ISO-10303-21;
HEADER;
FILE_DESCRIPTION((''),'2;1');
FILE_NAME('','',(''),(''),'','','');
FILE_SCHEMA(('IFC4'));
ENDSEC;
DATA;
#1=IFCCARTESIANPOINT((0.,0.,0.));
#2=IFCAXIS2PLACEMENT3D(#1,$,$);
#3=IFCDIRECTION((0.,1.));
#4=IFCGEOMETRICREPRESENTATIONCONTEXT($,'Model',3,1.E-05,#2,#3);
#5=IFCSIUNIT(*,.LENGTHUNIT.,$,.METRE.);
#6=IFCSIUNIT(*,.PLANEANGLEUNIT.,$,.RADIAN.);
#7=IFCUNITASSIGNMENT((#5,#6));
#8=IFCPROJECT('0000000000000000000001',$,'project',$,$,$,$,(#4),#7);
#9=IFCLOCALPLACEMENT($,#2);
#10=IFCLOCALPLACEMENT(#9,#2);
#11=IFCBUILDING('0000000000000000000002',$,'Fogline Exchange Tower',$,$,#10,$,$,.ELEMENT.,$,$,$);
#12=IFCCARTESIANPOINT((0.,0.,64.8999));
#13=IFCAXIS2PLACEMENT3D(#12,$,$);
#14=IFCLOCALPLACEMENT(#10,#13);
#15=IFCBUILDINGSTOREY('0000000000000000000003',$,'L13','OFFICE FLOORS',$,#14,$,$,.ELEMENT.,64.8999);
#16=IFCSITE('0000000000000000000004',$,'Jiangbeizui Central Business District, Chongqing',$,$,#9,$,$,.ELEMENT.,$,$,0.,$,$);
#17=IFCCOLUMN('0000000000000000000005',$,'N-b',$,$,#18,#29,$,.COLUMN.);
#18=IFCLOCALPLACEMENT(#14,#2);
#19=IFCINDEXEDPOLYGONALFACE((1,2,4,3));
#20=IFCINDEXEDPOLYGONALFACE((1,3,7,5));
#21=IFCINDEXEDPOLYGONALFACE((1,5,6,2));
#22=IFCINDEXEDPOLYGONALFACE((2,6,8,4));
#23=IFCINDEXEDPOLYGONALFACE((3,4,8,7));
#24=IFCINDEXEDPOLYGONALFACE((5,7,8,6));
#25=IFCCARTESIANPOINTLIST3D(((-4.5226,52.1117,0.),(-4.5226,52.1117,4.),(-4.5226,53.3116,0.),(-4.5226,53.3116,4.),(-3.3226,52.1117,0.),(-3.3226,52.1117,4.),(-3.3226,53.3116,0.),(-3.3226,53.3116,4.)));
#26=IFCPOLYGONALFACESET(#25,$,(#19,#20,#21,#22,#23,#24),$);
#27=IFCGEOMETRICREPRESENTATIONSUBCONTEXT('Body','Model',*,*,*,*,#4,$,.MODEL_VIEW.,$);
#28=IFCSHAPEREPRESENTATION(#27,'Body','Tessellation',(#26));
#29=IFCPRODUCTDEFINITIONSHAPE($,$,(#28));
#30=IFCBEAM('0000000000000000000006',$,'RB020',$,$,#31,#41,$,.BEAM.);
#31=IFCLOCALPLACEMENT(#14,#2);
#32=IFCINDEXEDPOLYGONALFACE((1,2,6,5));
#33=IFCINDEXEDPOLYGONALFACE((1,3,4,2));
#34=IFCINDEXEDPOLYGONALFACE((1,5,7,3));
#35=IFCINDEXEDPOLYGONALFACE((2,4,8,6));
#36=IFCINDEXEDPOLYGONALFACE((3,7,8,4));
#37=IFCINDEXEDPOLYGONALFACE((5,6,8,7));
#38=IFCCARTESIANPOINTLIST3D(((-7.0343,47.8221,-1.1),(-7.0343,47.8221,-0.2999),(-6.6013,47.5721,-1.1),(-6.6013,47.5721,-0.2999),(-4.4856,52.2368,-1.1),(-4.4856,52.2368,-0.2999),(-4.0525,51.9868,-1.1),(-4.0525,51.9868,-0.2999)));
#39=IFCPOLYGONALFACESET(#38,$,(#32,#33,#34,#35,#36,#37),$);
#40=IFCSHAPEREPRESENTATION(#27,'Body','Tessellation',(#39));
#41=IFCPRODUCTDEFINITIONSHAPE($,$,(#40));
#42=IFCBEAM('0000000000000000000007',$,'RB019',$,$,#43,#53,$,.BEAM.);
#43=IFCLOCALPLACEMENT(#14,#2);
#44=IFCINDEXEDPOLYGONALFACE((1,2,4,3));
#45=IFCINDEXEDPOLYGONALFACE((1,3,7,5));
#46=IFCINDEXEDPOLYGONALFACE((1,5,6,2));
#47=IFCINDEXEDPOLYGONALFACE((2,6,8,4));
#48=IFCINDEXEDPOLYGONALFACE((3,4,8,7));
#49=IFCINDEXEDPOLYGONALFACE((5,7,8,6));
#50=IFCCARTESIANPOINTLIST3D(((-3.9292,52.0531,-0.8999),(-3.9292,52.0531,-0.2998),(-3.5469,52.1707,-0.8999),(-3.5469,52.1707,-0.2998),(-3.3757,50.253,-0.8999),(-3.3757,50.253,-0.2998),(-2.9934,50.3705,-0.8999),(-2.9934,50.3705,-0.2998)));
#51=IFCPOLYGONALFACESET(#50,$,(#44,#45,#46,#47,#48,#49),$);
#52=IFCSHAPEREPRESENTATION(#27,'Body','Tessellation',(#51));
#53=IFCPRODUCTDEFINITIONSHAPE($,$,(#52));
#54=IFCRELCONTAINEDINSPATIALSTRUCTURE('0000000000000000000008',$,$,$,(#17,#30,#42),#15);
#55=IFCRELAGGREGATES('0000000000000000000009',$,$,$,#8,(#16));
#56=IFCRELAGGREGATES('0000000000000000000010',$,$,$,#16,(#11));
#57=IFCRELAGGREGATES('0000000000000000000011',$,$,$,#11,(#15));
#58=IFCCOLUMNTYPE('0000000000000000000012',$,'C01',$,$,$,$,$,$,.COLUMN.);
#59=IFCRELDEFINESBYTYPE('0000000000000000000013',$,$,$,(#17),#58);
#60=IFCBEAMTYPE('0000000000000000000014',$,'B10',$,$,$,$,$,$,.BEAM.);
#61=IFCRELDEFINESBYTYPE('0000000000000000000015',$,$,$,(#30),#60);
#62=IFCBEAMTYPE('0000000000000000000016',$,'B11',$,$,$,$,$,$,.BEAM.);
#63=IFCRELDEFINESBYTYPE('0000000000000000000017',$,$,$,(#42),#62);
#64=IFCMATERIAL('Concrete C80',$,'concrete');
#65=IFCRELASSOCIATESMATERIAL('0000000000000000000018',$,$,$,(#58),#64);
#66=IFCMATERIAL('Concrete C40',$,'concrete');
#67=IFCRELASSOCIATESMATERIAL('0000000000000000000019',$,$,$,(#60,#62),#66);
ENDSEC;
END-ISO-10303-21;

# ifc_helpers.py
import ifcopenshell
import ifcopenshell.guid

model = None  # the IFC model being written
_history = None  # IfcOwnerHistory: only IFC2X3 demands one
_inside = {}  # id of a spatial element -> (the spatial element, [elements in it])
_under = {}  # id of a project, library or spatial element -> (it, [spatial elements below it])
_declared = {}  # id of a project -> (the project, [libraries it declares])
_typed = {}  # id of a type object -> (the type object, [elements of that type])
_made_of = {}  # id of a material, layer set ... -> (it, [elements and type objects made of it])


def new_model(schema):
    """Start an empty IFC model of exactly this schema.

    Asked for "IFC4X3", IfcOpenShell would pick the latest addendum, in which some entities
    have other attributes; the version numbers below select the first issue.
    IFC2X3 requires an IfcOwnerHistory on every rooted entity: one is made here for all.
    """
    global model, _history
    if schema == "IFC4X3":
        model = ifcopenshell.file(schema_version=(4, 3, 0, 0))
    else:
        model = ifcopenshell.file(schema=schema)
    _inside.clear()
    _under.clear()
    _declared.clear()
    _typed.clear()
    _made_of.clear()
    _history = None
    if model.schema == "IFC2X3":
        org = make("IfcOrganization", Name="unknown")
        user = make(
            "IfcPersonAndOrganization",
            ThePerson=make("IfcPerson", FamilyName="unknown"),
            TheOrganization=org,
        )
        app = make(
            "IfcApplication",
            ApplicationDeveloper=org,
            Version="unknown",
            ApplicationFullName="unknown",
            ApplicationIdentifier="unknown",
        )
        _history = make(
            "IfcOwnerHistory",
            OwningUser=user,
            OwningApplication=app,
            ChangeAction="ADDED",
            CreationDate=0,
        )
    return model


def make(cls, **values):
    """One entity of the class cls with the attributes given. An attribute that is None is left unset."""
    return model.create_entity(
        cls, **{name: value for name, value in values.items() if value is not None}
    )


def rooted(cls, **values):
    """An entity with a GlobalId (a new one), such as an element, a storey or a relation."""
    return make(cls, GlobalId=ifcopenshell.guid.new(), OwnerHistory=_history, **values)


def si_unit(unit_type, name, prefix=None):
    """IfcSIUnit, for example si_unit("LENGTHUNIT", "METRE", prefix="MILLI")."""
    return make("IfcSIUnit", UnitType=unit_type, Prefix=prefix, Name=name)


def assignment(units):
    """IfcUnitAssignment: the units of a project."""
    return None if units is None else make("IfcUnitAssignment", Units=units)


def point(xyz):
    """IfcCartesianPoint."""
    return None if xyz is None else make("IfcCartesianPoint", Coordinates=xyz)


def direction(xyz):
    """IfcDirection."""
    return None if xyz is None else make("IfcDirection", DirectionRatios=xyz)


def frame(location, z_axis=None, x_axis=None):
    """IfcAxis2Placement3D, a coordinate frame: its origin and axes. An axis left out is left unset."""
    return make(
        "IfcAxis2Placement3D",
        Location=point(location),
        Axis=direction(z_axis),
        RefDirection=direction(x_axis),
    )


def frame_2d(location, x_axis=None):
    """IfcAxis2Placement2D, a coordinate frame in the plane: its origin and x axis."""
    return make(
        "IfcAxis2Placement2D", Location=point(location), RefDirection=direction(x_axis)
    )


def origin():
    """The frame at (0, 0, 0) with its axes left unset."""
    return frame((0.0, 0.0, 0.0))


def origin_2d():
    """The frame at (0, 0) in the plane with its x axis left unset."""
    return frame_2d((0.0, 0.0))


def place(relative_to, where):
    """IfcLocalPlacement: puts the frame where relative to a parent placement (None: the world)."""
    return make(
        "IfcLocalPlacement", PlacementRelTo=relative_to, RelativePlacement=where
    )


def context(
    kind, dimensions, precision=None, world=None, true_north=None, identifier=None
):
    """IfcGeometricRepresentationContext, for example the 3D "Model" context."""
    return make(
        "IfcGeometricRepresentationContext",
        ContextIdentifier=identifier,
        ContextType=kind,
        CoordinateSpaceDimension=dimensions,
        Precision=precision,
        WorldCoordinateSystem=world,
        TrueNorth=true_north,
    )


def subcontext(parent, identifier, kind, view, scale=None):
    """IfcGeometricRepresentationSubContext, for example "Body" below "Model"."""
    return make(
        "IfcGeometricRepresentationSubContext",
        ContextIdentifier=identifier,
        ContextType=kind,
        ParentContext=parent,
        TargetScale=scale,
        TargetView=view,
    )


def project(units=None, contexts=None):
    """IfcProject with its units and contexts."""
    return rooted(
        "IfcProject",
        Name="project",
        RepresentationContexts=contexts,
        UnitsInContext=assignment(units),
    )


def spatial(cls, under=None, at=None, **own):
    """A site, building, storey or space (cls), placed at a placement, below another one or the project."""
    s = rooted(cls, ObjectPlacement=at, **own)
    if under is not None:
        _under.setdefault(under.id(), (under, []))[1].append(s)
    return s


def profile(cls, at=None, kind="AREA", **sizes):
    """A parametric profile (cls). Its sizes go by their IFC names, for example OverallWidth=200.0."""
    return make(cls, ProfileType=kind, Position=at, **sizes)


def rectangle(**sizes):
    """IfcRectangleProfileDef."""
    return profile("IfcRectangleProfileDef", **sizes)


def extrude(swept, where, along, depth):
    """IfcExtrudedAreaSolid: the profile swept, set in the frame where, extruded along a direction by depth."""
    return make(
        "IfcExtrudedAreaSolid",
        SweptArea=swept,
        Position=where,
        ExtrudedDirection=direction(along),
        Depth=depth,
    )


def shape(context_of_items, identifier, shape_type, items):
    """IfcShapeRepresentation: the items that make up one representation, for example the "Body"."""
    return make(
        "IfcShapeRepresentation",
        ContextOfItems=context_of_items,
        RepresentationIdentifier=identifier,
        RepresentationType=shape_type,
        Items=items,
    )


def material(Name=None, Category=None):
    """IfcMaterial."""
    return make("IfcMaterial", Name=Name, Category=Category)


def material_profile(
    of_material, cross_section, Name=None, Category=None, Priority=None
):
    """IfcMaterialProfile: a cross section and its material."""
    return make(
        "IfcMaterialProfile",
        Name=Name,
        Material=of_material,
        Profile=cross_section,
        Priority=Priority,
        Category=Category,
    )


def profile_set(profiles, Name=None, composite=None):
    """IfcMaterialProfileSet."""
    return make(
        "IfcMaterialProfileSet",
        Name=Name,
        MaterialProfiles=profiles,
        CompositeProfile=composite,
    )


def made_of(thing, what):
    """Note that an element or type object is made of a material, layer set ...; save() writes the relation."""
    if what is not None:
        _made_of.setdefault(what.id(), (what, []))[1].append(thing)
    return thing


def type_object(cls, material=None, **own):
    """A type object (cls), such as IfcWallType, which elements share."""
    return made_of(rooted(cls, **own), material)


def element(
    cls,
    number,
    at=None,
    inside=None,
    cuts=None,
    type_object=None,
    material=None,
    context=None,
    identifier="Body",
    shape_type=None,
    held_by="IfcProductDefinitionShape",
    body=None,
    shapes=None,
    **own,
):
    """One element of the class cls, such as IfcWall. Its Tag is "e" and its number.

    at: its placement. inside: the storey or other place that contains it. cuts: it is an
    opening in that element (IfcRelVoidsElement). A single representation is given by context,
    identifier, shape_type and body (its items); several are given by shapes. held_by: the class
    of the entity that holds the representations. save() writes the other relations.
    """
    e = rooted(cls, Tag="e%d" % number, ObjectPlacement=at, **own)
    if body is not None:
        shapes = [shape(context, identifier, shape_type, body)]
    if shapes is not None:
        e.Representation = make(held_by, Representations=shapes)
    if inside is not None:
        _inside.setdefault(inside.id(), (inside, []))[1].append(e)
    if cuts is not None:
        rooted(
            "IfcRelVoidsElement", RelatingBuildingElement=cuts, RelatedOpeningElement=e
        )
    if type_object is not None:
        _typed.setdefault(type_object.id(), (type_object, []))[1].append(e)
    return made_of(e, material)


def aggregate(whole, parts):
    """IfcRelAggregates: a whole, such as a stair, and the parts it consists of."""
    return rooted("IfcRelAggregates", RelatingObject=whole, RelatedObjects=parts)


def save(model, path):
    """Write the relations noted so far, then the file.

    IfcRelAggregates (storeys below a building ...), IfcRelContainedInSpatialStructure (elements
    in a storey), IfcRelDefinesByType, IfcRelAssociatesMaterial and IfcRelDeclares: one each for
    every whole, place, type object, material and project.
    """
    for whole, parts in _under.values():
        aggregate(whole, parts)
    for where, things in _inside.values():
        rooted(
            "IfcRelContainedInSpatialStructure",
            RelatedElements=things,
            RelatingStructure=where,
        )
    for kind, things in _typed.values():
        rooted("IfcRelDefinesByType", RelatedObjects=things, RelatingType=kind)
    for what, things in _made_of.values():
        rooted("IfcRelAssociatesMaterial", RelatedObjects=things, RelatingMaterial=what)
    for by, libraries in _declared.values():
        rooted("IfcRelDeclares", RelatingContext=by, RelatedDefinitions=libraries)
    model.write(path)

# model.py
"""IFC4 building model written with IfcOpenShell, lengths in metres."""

from ifc_helpers import new_model, si_unit, direction, frame, origin, origin_2d, place, context, subcontext, project, spatial, rectangle, extrude, material, material_profile, profile_set, type_object, element, save


model = new_model("IFC4")

# Units and contexts
model_context = context("Model", 3, precision=1e-05, world=origin(), true_north=direction((0.0, 1.0)))
body_context = subcontext(model_context, "Body", "Model", "MODEL_VIEW")
ifc_project = project(units=[si_unit("LENGTHUNIT", "METRE"), si_unit("PLANEANGLEUNIT", "RADIAN")], contexts=[model_context])

# Site, building, storey
site_placement = place(None, origin())
site = spatial("IfcSite", under=ifc_project, at=site_placement, Name="Jiangbeizui Central Business District, Chongqing", CompositionType="ELEMENT", RefElevation=0.0)
building_placement = place(site_placement, origin())
building = spatial("IfcBuilding", under=site, at=building_placement, Name="Fogline Exchange Tower", CompositionType="ELEMENT")
storey_placement = place(building_placement, frame((0.0, 0.0, 64.8999)))
storey = spatial("IfcBuildingStorey", under=building, at=storey_placement, Name="L13", Description="OFFICE FLOORS", CompositionType="ELEMENT", Elevation=64.8999)

# Column
ifc_material_1 = material(Name="Concrete C80", Category="concrete")
ifc_material_profile_1 = material_profile(ifc_material_1, rectangle(XDim=1.2, YDim=1.2, at=origin_2d()), Name="RC 1200x1200")
ifc_profile_set_1 = profile_set([ifc_material_profile_1], Name="Concrete C80")
column_type = type_object("IfcColumnType", Name="C01", PredefinedType="COLUMN", material=ifc_profile_set_1)
column_placement = place(storey_placement, frame((-3.9226, 52.7117, 0.0), z_axis=(0.0, 0.0, 1.0), x_axis=(1.0, 0.0, 0.0)))
element("IfcColumn", 1, at=column_placement, inside=storey, type_object=column_type, Name="N-b", PredefinedType="COLUMN", context=body_context, shape_type="SweptSolid", body=[
    extrude(rectangle(XDim=1.2, YDim=1.2, at=origin_2d()), origin(), (0.0, 0.0, 1.0), 4.0),
])

# Beams
ifc_material_2 = material(Name="Concrete C40", Category="concrete")
ifc_material_profile_2 = material_profile(ifc_material_2, rectangle(XDim=0.5, YDim=0.8, at=origin_2d()), Name="RC 500x800")
ifc_profile_set_2 = profile_set([ifc_material_profile_2], Name="Concrete C40")
beam_type_1 = type_object("IfcBeamType", Name="B10", PredefinedType="BEAM", material=ifc_profile_set_2)
beam_1_placement = place(storey_placement, frame((-4.269, 52.1118, -0.7), z_axis=(-0.499992, -0.86603, 0.0), x_axis=(0.86603, -0.499992, 0.0)))
element("IfcBeam", 2, at=beam_1_placement, inside=storey, type_object=beam_type_1, Name="RB020", PredefinedType="BEAM", context=body_context, shape_type="SweptSolid", body=[
    extrude(rectangle(XDim=0.5, YDim=0.8, at=origin_2d()), origin(), (0.0, 0.0, 1.0), 5.0977),
])
ifc_material_profile_3 = material_profile(ifc_material_2, rectangle(XDim=0.3999, YDim=0.6001, at=origin_2d()), Name="RC 400x600")
ifc_profile_set_3 = profile_set([ifc_material_profile_3], Name="Concrete C40")
beam_type_2 = type_object("IfcBeamType", Name="B11", PredefinedType="BEAM", material=ifc_profile_set_3)
beam_2_placement = place(storey_placement, frame((-3.1846, 50.3118, -0.5999), z_axis=(-0.293895, 0.955838, 0.0), x_axis=(-0.955838, -0.293895, 0.0)))
element("IfcBeam", 3, at=beam_2_placement, inside=storey, type_object=beam_type_2, Name="RB019", PredefinedType="BEAM", context=body_context, shape_type="SweptSolid", body=[
    extrude(rectangle(XDim=0.3999, YDim=0.6001, at=origin_2d()), origin(), (0.0, 0.0, 1.0), 1.8833),
])

save(model, "model.ifc")
